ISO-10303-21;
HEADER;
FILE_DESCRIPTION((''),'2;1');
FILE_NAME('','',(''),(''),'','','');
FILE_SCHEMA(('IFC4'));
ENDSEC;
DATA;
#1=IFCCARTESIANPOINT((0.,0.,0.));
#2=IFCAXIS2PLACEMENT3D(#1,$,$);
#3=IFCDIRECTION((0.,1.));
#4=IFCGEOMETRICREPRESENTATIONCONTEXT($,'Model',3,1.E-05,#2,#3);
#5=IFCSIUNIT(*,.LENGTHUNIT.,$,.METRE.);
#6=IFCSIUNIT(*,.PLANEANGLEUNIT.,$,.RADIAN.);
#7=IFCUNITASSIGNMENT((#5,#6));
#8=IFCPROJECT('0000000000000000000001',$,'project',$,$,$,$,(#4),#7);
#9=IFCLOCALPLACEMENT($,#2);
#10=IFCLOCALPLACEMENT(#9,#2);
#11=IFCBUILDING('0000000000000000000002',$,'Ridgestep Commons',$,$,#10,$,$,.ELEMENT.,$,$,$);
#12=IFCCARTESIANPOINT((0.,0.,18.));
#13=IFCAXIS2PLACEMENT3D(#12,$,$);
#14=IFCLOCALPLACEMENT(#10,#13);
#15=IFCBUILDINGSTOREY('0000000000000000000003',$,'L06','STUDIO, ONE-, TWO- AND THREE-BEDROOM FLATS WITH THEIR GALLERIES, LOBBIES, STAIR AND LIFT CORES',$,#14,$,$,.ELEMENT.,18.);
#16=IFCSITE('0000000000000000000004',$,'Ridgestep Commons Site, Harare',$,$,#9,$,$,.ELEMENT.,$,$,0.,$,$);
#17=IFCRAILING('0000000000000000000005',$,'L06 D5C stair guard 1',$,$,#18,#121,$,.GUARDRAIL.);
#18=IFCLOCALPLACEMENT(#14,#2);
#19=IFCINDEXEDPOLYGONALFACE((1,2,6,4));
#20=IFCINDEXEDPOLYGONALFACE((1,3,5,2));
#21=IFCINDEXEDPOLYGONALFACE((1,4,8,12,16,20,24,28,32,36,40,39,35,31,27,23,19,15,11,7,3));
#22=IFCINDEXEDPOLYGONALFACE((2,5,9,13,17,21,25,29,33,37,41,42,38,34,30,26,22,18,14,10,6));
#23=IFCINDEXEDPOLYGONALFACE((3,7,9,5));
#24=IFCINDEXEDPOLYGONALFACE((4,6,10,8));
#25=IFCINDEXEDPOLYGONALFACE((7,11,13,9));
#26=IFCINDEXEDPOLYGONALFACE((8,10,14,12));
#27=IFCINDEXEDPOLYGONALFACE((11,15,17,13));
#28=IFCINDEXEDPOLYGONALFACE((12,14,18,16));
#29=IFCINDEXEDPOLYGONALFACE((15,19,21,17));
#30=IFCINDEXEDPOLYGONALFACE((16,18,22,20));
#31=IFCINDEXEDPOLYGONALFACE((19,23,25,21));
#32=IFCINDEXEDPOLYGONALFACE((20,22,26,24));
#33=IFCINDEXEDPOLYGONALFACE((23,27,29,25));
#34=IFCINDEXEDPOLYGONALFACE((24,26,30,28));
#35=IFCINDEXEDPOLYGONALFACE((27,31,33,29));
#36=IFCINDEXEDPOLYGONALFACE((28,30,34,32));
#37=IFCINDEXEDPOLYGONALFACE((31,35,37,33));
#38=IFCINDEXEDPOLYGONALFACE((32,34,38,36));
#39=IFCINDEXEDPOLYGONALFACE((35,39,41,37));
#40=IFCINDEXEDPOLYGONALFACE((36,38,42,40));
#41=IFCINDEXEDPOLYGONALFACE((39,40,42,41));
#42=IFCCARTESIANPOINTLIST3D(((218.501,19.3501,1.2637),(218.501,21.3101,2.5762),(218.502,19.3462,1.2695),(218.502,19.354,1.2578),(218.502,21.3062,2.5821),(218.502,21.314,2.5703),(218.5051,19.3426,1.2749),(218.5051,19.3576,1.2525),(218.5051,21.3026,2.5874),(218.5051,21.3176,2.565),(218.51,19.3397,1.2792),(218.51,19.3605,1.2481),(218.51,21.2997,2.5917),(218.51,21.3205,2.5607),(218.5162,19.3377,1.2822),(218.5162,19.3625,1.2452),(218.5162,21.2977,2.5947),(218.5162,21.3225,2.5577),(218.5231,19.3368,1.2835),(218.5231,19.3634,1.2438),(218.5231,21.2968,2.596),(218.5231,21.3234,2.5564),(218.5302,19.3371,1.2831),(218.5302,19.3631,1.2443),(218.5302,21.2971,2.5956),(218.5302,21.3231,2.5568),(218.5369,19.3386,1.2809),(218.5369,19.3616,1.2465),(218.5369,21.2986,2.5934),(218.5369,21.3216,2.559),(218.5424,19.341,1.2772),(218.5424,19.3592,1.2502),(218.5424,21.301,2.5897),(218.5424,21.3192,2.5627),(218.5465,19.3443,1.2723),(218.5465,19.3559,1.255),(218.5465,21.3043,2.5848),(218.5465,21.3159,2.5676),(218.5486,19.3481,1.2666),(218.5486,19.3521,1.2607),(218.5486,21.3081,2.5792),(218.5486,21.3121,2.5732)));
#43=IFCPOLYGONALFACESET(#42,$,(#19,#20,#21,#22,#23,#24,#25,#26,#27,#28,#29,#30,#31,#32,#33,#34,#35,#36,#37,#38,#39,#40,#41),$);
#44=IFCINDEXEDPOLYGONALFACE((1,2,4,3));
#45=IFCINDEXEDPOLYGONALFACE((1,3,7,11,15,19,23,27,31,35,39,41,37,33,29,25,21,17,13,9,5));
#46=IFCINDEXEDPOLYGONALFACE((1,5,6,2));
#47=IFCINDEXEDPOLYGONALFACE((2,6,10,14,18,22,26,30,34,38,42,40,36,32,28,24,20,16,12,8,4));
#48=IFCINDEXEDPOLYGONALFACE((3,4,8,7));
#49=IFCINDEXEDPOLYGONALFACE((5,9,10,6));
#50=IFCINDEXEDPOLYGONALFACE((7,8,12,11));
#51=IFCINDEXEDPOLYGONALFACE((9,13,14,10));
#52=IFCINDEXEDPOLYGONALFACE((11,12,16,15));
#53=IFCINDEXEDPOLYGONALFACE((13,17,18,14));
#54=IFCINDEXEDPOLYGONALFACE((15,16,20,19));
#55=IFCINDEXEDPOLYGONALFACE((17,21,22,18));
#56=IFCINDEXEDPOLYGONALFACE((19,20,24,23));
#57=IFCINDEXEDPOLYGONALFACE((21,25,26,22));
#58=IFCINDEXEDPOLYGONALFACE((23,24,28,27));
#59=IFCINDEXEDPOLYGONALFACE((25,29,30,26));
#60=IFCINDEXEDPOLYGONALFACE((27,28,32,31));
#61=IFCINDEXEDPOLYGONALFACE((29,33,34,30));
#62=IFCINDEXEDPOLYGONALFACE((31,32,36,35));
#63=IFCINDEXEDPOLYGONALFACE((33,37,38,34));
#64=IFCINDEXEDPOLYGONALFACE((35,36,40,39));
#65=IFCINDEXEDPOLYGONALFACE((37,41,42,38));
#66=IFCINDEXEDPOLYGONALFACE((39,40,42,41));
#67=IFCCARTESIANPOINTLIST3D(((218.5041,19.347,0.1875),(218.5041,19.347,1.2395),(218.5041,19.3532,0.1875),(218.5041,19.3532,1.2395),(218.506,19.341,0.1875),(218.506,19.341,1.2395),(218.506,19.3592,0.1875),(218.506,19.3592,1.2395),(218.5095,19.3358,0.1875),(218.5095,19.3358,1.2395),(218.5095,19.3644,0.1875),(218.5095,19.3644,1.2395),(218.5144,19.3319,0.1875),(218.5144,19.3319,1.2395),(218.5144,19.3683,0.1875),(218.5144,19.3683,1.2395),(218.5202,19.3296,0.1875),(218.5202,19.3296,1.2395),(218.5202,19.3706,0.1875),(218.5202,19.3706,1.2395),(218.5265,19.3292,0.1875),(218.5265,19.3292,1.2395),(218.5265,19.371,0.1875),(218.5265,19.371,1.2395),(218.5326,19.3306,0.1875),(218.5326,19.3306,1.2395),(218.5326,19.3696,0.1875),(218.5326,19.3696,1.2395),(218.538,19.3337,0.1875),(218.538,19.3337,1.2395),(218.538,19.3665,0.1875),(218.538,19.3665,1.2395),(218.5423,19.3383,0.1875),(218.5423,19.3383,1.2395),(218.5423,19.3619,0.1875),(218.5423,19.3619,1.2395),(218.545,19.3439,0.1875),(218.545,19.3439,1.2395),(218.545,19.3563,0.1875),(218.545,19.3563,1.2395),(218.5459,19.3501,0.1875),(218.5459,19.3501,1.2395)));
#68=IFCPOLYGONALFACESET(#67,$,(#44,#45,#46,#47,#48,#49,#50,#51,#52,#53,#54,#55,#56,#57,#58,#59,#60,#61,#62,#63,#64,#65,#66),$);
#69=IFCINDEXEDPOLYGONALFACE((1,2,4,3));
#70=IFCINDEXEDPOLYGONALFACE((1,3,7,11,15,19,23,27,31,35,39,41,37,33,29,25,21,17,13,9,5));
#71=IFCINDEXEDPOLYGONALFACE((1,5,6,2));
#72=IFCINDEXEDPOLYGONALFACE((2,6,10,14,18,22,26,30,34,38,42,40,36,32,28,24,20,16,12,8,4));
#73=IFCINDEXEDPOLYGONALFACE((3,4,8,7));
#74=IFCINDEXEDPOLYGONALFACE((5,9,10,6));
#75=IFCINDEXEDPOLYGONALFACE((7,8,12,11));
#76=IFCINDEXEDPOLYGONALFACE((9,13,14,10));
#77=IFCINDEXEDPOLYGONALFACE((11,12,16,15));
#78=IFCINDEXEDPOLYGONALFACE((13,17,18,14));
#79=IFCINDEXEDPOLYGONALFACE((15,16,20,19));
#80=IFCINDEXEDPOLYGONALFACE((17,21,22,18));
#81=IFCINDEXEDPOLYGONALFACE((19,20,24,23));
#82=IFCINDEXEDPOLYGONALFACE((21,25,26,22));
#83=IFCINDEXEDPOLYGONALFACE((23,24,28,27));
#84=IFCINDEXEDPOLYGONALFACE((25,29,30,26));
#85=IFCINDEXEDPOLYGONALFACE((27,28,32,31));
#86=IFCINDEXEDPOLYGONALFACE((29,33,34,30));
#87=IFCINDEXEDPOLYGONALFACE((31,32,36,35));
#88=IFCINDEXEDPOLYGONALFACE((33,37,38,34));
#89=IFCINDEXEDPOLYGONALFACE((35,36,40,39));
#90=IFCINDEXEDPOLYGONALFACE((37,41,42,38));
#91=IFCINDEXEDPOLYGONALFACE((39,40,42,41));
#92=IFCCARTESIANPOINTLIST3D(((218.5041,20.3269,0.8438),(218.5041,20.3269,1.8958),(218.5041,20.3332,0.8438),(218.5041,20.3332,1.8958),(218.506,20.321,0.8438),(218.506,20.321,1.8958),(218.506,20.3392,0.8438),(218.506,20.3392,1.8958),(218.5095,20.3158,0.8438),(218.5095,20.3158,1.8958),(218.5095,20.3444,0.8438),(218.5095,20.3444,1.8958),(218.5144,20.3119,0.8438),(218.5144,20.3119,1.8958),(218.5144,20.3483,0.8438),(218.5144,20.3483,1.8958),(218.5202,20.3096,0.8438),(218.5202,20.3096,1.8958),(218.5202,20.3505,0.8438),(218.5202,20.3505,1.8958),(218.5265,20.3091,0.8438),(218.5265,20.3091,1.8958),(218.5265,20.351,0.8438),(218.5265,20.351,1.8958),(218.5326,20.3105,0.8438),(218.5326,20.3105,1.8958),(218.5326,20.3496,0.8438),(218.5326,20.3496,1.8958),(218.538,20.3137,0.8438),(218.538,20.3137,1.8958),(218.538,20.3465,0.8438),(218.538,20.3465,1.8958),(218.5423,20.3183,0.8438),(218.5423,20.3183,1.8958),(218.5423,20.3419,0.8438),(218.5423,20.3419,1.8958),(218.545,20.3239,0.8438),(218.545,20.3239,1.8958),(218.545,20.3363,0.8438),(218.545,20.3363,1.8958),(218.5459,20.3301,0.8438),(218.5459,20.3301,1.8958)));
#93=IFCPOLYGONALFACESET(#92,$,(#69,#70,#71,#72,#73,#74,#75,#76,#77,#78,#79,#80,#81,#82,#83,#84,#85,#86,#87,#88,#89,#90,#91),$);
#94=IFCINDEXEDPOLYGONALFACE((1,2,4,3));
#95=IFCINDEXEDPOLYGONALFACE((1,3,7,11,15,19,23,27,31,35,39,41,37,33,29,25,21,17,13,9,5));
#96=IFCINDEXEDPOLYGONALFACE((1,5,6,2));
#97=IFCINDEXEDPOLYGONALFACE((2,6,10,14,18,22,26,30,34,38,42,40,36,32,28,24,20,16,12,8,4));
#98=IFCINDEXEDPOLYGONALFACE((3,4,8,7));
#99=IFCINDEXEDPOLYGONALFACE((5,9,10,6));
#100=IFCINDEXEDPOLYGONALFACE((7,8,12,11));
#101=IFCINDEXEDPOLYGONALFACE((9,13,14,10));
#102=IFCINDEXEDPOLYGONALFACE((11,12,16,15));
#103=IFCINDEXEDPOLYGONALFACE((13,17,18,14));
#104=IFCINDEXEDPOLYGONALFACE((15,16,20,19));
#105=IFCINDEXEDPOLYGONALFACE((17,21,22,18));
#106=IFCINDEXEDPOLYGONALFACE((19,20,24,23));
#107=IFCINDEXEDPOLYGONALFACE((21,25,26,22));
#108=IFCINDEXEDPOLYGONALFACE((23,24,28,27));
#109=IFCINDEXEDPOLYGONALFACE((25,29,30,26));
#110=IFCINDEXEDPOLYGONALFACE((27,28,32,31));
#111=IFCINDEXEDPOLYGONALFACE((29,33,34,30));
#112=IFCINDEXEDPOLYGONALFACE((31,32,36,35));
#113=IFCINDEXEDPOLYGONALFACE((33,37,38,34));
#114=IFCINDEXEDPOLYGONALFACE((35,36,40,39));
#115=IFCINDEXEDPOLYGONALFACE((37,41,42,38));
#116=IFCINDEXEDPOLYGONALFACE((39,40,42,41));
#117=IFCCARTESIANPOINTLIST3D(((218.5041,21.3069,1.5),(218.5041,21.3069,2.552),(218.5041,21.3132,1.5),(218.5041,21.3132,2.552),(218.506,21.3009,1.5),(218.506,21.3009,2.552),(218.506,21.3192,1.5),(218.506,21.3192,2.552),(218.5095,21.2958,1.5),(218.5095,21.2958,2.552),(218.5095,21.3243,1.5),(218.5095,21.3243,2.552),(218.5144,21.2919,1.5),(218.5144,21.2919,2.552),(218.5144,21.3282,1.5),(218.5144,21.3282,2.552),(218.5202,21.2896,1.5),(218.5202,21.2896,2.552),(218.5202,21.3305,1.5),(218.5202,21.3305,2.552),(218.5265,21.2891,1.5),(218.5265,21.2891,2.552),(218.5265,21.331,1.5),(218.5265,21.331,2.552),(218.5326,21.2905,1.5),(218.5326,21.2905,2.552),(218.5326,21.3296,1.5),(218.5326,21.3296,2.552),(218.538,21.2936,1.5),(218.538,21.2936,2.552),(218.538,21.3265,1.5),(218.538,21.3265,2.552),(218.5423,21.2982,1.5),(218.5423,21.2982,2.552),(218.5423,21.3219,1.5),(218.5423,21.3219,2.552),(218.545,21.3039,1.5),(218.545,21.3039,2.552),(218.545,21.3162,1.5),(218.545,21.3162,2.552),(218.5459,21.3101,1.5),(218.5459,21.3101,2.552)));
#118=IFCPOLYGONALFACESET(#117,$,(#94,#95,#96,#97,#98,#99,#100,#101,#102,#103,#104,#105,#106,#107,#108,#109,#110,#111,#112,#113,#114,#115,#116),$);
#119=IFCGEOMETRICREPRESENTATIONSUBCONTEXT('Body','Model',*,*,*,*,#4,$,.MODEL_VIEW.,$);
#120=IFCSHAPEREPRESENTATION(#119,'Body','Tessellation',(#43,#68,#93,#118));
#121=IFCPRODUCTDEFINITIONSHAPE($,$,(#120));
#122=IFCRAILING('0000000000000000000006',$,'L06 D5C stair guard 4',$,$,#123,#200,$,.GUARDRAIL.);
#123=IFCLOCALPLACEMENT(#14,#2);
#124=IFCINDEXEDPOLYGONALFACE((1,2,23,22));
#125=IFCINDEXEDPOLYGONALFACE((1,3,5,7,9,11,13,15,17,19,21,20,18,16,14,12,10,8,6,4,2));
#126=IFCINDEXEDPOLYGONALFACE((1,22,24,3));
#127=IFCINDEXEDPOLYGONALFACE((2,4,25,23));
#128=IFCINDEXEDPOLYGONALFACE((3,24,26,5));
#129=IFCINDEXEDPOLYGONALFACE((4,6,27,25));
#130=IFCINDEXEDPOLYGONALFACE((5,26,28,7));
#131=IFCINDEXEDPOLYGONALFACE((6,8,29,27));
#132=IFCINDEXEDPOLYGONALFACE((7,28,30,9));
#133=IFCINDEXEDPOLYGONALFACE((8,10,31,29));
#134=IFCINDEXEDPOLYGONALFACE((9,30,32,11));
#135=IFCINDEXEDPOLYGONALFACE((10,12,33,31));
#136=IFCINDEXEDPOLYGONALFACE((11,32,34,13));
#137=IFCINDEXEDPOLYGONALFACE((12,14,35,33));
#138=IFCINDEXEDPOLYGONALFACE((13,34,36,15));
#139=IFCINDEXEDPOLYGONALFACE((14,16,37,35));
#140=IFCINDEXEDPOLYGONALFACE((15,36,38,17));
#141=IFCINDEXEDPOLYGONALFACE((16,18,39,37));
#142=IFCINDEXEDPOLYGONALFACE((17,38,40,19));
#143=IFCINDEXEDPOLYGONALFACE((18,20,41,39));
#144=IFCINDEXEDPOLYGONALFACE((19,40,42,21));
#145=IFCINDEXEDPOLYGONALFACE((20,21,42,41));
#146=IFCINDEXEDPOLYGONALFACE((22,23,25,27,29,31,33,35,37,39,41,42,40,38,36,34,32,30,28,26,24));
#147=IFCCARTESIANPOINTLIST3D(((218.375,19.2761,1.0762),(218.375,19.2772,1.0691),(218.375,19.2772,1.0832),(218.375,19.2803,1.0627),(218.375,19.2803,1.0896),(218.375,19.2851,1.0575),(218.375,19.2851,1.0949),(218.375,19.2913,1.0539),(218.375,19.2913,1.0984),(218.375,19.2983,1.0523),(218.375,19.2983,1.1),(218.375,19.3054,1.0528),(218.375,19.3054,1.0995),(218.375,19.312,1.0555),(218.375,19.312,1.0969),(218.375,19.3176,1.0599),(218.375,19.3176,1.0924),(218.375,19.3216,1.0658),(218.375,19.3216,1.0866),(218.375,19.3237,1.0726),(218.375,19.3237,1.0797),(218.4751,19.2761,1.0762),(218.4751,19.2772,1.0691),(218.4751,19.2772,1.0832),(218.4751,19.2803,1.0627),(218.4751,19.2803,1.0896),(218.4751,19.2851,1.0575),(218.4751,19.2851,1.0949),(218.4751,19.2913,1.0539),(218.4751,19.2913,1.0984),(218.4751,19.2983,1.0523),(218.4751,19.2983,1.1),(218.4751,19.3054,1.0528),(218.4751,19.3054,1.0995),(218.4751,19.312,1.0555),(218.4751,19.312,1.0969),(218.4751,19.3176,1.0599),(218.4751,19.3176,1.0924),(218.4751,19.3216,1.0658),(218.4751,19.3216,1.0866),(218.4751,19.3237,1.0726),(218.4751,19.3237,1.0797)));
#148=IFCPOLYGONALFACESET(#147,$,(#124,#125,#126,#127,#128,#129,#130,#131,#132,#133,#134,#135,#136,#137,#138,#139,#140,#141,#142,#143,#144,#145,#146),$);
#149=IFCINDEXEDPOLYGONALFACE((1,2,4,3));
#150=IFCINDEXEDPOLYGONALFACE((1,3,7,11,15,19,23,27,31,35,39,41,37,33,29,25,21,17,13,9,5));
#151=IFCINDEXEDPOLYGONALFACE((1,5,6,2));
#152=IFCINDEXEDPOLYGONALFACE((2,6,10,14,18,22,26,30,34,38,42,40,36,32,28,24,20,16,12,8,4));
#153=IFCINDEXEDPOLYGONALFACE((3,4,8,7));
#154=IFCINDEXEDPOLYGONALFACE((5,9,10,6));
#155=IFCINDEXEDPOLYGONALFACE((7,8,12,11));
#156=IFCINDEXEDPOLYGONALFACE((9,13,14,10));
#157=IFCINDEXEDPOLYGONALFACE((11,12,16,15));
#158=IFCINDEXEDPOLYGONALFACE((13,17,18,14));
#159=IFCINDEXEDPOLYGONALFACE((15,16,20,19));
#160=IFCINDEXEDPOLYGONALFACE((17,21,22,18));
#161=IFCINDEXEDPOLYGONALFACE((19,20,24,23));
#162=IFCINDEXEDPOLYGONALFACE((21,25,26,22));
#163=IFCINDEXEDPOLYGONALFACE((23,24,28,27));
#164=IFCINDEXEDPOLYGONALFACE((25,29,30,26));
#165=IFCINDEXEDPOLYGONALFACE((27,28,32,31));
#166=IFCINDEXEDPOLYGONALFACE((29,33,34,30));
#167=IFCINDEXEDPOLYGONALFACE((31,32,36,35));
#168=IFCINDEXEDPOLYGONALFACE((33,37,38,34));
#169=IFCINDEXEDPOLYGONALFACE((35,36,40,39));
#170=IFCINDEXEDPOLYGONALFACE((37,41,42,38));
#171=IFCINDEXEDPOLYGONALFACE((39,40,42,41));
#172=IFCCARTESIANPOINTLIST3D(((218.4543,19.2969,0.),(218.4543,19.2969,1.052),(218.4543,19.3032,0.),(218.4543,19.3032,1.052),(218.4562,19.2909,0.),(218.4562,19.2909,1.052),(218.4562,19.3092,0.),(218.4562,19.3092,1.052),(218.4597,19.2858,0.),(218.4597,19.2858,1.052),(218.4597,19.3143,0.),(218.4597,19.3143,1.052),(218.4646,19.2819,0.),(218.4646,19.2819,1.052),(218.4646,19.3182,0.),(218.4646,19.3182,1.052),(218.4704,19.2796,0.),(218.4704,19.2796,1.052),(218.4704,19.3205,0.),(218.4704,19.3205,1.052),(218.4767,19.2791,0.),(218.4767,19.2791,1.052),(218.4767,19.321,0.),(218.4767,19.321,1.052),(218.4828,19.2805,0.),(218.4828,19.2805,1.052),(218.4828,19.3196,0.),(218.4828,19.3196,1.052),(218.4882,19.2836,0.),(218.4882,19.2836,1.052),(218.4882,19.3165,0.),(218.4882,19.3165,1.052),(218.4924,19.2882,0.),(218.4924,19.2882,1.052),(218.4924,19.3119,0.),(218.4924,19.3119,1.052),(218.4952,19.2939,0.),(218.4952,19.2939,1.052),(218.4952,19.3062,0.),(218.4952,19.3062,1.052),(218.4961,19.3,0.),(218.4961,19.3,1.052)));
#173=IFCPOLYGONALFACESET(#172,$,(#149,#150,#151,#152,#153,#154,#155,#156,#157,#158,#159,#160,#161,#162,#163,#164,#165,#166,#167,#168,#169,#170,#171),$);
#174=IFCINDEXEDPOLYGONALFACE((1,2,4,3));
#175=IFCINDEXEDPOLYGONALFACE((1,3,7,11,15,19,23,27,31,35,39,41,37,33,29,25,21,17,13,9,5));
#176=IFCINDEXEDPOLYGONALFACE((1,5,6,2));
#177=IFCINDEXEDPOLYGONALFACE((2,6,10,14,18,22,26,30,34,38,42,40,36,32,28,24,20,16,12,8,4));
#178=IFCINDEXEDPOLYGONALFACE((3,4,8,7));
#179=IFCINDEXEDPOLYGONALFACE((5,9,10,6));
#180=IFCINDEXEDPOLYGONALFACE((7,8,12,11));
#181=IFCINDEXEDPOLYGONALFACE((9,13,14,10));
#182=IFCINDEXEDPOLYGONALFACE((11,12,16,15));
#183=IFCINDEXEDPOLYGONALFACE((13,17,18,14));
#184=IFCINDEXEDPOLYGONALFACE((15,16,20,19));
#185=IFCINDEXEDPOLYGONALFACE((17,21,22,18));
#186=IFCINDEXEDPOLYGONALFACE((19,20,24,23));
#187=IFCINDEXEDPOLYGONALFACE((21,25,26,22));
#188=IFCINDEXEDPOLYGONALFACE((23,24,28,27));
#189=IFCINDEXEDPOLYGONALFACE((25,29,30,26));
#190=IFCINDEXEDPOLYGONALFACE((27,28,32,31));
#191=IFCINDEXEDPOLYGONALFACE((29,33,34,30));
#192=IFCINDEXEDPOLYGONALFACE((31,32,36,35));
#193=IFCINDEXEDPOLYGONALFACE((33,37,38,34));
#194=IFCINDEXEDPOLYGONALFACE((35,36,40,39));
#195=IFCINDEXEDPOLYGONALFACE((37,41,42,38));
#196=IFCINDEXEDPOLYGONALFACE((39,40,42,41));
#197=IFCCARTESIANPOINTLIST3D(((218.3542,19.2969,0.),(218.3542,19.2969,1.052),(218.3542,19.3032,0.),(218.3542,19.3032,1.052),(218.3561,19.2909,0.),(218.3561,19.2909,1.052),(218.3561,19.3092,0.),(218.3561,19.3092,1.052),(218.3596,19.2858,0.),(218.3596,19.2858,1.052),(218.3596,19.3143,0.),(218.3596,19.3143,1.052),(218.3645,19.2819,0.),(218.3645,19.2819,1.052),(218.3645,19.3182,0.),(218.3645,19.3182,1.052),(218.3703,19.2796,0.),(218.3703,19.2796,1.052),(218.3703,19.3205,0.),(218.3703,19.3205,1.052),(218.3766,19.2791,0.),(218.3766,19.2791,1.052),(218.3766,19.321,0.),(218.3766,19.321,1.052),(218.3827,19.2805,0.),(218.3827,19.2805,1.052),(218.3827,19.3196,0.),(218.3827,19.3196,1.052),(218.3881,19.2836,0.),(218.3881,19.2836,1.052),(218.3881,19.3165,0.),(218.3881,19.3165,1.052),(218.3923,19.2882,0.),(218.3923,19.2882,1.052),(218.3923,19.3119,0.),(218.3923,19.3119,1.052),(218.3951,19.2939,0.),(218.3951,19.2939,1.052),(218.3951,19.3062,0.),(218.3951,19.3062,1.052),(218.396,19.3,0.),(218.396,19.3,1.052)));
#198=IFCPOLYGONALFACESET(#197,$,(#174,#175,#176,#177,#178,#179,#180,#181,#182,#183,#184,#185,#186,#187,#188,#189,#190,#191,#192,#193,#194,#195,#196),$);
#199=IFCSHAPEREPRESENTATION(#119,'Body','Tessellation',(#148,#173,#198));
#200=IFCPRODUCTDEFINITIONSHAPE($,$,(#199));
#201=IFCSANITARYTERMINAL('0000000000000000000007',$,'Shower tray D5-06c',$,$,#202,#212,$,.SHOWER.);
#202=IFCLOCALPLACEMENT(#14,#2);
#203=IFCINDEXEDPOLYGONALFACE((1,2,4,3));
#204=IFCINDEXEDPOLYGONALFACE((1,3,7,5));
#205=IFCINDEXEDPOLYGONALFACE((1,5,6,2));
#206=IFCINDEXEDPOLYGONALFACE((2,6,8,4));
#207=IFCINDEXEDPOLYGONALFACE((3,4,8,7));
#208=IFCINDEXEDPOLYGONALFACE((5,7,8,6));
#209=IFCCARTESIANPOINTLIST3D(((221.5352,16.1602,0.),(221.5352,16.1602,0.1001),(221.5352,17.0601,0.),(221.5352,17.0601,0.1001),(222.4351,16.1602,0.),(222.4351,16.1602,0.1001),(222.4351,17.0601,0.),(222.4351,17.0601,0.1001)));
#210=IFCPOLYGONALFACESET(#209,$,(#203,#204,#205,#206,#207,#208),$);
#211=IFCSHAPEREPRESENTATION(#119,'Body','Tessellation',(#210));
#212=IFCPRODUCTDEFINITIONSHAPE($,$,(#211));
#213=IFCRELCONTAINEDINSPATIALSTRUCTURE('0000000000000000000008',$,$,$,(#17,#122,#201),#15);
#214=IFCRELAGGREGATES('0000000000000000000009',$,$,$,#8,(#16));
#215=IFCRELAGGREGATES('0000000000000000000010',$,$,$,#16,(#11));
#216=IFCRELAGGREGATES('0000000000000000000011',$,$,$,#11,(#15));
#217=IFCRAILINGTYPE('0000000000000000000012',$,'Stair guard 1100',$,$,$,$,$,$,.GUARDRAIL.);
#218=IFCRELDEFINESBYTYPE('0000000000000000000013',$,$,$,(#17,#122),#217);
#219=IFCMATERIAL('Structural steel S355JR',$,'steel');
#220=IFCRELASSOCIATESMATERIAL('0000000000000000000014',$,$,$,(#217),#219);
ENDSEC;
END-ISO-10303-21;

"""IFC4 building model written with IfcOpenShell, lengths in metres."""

from ifc_helpers import new_model, si_unit, direction, frame, origin, origin_2d, place, context, subcontext, project, spatial, rectangle, circle, extrude, material, type_object, element, save


model = new_model("IFC4")

# Units and contexts
model_context = context("Model", 3, precision=1e-05, world=origin(), true_north=direction((0.0, 1.0)))
body_context = subcontext(model_context, "Body", "Model", "MODEL_VIEW")
ifc_project = project(units=[si_unit("LENGTHUNIT", "METRE"), si_unit("PLANEANGLEUNIT", "RADIAN")], contexts=[model_context])

# Site, building, storey
site_placement = place(None, origin())
site = spatial("IfcSite", under=ifc_project, at=site_placement, Name="Ridgestep Commons Site, Harare", CompositionType="ELEMENT", RefElevation=0.0)
building_placement = place(site_placement, origin())
building = spatial("IfcBuilding", under=site, at=building_placement, Name="Ridgestep Commons", CompositionType="ELEMENT")
storey_placement = place(building_placement, frame((0.0, 0.0, 18.0)))
storey = spatial("IfcBuildingStorey", under=building, at=storey_placement, Name="L06", Description="STUDIO, ONE-, TWO- AND THREE-BEDROOM FLATS WITH THEIR GALLERIES, LOBBIES, STAIR AND LIFT CORES", CompositionType="ELEMENT", Elevation=18.0)

# Railings
ifc_material_1 = material(Name="Structural steel S355JR", Category="steel")
railing_type_1 = type_object("IfcRailingType", Name="Stair guard 1100", PredefinedType="GUARDRAIL", material=ifc_material_1)
railing_1_placement = place(storey_placement, frame((218.5249, 19.3501, 0.1875)))
element("IfcRailing", 1, at=railing_1_placement, inside=storey, type_object=railing_type_1, Name="L06 D5C stair guard 1", PredefinedType="GUARDRAIL", context=body_context, shape_type="SweptSolid", body=[
    extrude(circle(Radius=0.0239, at=origin_2d()), frame((0.0, 0.0, 1.0762), z_axis=(0.0, 0.830902, 0.556419), x_axis=(-1.0, 0.0, 0.0)), (0.0, 0.0, 1.0), 2.3589),
    extrude(circle(Radius=0.021, at=origin_2d()), origin(), (0.0, 0.0, 1.0), 1.052),
    extrude(circle(Radius=0.021, at=origin_2d()), frame((0.0, 0.98, 0.6562)), (0.0, 0.0, 1.0), 1.052),
    extrude(circle(Radius=0.021, at=origin_2d()), frame((0.0, 1.96, 1.3125)), (0.0, 0.0, 1.0), 1.052),
])
railing_2_placement = place(storey_placement, frame((218.4751, 19.3, 0.0)))
element("IfcRailing", 2, at=railing_2_placement, inside=storey, type_object=railing_type_1, Name="L06 D5C stair guard 4", PredefinedType="GUARDRAIL", context=body_context, shape_type="SweptSolid", body=[
    extrude(circle(Radius=0.0239, at=origin_2d()), frame((0.0, 0.0, 1.0762), z_axis=(-1.0, 0.0, 0.0), x_axis=(0.0, -1.0, 0.0)), (0.0, 0.0, 1.0), 0.1001),
    extrude(circle(Radius=0.021, at=origin_2d()), origin(), (0.0, 0.0, 1.0), 1.052),
    extrude(circle(Radius=0.021, at=origin_2d()), frame((-0.1001, 0.0, 0.0)), (0.0, 0.0, 1.0), 1.052),
])

# Sanitary terminal
sanitary_terminal_1_placement = place(storey_placement, frame((221.9851, 16.6101, 0.0), z_axis=(0.0, 0.0, 1.0), x_axis=(1.0, 0.0, 0.0)))
element("IfcSanitaryTerminal", 3, at=sanitary_terminal_1_placement, inside=storey, Name="Shower tray D5-06c", PredefinedType="SHOWER", context=body_context, shape_type="SweptSolid", body=[
    extrude(rectangle(XDim=0.8999, YDim=0.8999, at=origin_2d()), origin(), (0.0, 0.0, 1.0), 0.1001),
])

save(model, "model.ifc")
